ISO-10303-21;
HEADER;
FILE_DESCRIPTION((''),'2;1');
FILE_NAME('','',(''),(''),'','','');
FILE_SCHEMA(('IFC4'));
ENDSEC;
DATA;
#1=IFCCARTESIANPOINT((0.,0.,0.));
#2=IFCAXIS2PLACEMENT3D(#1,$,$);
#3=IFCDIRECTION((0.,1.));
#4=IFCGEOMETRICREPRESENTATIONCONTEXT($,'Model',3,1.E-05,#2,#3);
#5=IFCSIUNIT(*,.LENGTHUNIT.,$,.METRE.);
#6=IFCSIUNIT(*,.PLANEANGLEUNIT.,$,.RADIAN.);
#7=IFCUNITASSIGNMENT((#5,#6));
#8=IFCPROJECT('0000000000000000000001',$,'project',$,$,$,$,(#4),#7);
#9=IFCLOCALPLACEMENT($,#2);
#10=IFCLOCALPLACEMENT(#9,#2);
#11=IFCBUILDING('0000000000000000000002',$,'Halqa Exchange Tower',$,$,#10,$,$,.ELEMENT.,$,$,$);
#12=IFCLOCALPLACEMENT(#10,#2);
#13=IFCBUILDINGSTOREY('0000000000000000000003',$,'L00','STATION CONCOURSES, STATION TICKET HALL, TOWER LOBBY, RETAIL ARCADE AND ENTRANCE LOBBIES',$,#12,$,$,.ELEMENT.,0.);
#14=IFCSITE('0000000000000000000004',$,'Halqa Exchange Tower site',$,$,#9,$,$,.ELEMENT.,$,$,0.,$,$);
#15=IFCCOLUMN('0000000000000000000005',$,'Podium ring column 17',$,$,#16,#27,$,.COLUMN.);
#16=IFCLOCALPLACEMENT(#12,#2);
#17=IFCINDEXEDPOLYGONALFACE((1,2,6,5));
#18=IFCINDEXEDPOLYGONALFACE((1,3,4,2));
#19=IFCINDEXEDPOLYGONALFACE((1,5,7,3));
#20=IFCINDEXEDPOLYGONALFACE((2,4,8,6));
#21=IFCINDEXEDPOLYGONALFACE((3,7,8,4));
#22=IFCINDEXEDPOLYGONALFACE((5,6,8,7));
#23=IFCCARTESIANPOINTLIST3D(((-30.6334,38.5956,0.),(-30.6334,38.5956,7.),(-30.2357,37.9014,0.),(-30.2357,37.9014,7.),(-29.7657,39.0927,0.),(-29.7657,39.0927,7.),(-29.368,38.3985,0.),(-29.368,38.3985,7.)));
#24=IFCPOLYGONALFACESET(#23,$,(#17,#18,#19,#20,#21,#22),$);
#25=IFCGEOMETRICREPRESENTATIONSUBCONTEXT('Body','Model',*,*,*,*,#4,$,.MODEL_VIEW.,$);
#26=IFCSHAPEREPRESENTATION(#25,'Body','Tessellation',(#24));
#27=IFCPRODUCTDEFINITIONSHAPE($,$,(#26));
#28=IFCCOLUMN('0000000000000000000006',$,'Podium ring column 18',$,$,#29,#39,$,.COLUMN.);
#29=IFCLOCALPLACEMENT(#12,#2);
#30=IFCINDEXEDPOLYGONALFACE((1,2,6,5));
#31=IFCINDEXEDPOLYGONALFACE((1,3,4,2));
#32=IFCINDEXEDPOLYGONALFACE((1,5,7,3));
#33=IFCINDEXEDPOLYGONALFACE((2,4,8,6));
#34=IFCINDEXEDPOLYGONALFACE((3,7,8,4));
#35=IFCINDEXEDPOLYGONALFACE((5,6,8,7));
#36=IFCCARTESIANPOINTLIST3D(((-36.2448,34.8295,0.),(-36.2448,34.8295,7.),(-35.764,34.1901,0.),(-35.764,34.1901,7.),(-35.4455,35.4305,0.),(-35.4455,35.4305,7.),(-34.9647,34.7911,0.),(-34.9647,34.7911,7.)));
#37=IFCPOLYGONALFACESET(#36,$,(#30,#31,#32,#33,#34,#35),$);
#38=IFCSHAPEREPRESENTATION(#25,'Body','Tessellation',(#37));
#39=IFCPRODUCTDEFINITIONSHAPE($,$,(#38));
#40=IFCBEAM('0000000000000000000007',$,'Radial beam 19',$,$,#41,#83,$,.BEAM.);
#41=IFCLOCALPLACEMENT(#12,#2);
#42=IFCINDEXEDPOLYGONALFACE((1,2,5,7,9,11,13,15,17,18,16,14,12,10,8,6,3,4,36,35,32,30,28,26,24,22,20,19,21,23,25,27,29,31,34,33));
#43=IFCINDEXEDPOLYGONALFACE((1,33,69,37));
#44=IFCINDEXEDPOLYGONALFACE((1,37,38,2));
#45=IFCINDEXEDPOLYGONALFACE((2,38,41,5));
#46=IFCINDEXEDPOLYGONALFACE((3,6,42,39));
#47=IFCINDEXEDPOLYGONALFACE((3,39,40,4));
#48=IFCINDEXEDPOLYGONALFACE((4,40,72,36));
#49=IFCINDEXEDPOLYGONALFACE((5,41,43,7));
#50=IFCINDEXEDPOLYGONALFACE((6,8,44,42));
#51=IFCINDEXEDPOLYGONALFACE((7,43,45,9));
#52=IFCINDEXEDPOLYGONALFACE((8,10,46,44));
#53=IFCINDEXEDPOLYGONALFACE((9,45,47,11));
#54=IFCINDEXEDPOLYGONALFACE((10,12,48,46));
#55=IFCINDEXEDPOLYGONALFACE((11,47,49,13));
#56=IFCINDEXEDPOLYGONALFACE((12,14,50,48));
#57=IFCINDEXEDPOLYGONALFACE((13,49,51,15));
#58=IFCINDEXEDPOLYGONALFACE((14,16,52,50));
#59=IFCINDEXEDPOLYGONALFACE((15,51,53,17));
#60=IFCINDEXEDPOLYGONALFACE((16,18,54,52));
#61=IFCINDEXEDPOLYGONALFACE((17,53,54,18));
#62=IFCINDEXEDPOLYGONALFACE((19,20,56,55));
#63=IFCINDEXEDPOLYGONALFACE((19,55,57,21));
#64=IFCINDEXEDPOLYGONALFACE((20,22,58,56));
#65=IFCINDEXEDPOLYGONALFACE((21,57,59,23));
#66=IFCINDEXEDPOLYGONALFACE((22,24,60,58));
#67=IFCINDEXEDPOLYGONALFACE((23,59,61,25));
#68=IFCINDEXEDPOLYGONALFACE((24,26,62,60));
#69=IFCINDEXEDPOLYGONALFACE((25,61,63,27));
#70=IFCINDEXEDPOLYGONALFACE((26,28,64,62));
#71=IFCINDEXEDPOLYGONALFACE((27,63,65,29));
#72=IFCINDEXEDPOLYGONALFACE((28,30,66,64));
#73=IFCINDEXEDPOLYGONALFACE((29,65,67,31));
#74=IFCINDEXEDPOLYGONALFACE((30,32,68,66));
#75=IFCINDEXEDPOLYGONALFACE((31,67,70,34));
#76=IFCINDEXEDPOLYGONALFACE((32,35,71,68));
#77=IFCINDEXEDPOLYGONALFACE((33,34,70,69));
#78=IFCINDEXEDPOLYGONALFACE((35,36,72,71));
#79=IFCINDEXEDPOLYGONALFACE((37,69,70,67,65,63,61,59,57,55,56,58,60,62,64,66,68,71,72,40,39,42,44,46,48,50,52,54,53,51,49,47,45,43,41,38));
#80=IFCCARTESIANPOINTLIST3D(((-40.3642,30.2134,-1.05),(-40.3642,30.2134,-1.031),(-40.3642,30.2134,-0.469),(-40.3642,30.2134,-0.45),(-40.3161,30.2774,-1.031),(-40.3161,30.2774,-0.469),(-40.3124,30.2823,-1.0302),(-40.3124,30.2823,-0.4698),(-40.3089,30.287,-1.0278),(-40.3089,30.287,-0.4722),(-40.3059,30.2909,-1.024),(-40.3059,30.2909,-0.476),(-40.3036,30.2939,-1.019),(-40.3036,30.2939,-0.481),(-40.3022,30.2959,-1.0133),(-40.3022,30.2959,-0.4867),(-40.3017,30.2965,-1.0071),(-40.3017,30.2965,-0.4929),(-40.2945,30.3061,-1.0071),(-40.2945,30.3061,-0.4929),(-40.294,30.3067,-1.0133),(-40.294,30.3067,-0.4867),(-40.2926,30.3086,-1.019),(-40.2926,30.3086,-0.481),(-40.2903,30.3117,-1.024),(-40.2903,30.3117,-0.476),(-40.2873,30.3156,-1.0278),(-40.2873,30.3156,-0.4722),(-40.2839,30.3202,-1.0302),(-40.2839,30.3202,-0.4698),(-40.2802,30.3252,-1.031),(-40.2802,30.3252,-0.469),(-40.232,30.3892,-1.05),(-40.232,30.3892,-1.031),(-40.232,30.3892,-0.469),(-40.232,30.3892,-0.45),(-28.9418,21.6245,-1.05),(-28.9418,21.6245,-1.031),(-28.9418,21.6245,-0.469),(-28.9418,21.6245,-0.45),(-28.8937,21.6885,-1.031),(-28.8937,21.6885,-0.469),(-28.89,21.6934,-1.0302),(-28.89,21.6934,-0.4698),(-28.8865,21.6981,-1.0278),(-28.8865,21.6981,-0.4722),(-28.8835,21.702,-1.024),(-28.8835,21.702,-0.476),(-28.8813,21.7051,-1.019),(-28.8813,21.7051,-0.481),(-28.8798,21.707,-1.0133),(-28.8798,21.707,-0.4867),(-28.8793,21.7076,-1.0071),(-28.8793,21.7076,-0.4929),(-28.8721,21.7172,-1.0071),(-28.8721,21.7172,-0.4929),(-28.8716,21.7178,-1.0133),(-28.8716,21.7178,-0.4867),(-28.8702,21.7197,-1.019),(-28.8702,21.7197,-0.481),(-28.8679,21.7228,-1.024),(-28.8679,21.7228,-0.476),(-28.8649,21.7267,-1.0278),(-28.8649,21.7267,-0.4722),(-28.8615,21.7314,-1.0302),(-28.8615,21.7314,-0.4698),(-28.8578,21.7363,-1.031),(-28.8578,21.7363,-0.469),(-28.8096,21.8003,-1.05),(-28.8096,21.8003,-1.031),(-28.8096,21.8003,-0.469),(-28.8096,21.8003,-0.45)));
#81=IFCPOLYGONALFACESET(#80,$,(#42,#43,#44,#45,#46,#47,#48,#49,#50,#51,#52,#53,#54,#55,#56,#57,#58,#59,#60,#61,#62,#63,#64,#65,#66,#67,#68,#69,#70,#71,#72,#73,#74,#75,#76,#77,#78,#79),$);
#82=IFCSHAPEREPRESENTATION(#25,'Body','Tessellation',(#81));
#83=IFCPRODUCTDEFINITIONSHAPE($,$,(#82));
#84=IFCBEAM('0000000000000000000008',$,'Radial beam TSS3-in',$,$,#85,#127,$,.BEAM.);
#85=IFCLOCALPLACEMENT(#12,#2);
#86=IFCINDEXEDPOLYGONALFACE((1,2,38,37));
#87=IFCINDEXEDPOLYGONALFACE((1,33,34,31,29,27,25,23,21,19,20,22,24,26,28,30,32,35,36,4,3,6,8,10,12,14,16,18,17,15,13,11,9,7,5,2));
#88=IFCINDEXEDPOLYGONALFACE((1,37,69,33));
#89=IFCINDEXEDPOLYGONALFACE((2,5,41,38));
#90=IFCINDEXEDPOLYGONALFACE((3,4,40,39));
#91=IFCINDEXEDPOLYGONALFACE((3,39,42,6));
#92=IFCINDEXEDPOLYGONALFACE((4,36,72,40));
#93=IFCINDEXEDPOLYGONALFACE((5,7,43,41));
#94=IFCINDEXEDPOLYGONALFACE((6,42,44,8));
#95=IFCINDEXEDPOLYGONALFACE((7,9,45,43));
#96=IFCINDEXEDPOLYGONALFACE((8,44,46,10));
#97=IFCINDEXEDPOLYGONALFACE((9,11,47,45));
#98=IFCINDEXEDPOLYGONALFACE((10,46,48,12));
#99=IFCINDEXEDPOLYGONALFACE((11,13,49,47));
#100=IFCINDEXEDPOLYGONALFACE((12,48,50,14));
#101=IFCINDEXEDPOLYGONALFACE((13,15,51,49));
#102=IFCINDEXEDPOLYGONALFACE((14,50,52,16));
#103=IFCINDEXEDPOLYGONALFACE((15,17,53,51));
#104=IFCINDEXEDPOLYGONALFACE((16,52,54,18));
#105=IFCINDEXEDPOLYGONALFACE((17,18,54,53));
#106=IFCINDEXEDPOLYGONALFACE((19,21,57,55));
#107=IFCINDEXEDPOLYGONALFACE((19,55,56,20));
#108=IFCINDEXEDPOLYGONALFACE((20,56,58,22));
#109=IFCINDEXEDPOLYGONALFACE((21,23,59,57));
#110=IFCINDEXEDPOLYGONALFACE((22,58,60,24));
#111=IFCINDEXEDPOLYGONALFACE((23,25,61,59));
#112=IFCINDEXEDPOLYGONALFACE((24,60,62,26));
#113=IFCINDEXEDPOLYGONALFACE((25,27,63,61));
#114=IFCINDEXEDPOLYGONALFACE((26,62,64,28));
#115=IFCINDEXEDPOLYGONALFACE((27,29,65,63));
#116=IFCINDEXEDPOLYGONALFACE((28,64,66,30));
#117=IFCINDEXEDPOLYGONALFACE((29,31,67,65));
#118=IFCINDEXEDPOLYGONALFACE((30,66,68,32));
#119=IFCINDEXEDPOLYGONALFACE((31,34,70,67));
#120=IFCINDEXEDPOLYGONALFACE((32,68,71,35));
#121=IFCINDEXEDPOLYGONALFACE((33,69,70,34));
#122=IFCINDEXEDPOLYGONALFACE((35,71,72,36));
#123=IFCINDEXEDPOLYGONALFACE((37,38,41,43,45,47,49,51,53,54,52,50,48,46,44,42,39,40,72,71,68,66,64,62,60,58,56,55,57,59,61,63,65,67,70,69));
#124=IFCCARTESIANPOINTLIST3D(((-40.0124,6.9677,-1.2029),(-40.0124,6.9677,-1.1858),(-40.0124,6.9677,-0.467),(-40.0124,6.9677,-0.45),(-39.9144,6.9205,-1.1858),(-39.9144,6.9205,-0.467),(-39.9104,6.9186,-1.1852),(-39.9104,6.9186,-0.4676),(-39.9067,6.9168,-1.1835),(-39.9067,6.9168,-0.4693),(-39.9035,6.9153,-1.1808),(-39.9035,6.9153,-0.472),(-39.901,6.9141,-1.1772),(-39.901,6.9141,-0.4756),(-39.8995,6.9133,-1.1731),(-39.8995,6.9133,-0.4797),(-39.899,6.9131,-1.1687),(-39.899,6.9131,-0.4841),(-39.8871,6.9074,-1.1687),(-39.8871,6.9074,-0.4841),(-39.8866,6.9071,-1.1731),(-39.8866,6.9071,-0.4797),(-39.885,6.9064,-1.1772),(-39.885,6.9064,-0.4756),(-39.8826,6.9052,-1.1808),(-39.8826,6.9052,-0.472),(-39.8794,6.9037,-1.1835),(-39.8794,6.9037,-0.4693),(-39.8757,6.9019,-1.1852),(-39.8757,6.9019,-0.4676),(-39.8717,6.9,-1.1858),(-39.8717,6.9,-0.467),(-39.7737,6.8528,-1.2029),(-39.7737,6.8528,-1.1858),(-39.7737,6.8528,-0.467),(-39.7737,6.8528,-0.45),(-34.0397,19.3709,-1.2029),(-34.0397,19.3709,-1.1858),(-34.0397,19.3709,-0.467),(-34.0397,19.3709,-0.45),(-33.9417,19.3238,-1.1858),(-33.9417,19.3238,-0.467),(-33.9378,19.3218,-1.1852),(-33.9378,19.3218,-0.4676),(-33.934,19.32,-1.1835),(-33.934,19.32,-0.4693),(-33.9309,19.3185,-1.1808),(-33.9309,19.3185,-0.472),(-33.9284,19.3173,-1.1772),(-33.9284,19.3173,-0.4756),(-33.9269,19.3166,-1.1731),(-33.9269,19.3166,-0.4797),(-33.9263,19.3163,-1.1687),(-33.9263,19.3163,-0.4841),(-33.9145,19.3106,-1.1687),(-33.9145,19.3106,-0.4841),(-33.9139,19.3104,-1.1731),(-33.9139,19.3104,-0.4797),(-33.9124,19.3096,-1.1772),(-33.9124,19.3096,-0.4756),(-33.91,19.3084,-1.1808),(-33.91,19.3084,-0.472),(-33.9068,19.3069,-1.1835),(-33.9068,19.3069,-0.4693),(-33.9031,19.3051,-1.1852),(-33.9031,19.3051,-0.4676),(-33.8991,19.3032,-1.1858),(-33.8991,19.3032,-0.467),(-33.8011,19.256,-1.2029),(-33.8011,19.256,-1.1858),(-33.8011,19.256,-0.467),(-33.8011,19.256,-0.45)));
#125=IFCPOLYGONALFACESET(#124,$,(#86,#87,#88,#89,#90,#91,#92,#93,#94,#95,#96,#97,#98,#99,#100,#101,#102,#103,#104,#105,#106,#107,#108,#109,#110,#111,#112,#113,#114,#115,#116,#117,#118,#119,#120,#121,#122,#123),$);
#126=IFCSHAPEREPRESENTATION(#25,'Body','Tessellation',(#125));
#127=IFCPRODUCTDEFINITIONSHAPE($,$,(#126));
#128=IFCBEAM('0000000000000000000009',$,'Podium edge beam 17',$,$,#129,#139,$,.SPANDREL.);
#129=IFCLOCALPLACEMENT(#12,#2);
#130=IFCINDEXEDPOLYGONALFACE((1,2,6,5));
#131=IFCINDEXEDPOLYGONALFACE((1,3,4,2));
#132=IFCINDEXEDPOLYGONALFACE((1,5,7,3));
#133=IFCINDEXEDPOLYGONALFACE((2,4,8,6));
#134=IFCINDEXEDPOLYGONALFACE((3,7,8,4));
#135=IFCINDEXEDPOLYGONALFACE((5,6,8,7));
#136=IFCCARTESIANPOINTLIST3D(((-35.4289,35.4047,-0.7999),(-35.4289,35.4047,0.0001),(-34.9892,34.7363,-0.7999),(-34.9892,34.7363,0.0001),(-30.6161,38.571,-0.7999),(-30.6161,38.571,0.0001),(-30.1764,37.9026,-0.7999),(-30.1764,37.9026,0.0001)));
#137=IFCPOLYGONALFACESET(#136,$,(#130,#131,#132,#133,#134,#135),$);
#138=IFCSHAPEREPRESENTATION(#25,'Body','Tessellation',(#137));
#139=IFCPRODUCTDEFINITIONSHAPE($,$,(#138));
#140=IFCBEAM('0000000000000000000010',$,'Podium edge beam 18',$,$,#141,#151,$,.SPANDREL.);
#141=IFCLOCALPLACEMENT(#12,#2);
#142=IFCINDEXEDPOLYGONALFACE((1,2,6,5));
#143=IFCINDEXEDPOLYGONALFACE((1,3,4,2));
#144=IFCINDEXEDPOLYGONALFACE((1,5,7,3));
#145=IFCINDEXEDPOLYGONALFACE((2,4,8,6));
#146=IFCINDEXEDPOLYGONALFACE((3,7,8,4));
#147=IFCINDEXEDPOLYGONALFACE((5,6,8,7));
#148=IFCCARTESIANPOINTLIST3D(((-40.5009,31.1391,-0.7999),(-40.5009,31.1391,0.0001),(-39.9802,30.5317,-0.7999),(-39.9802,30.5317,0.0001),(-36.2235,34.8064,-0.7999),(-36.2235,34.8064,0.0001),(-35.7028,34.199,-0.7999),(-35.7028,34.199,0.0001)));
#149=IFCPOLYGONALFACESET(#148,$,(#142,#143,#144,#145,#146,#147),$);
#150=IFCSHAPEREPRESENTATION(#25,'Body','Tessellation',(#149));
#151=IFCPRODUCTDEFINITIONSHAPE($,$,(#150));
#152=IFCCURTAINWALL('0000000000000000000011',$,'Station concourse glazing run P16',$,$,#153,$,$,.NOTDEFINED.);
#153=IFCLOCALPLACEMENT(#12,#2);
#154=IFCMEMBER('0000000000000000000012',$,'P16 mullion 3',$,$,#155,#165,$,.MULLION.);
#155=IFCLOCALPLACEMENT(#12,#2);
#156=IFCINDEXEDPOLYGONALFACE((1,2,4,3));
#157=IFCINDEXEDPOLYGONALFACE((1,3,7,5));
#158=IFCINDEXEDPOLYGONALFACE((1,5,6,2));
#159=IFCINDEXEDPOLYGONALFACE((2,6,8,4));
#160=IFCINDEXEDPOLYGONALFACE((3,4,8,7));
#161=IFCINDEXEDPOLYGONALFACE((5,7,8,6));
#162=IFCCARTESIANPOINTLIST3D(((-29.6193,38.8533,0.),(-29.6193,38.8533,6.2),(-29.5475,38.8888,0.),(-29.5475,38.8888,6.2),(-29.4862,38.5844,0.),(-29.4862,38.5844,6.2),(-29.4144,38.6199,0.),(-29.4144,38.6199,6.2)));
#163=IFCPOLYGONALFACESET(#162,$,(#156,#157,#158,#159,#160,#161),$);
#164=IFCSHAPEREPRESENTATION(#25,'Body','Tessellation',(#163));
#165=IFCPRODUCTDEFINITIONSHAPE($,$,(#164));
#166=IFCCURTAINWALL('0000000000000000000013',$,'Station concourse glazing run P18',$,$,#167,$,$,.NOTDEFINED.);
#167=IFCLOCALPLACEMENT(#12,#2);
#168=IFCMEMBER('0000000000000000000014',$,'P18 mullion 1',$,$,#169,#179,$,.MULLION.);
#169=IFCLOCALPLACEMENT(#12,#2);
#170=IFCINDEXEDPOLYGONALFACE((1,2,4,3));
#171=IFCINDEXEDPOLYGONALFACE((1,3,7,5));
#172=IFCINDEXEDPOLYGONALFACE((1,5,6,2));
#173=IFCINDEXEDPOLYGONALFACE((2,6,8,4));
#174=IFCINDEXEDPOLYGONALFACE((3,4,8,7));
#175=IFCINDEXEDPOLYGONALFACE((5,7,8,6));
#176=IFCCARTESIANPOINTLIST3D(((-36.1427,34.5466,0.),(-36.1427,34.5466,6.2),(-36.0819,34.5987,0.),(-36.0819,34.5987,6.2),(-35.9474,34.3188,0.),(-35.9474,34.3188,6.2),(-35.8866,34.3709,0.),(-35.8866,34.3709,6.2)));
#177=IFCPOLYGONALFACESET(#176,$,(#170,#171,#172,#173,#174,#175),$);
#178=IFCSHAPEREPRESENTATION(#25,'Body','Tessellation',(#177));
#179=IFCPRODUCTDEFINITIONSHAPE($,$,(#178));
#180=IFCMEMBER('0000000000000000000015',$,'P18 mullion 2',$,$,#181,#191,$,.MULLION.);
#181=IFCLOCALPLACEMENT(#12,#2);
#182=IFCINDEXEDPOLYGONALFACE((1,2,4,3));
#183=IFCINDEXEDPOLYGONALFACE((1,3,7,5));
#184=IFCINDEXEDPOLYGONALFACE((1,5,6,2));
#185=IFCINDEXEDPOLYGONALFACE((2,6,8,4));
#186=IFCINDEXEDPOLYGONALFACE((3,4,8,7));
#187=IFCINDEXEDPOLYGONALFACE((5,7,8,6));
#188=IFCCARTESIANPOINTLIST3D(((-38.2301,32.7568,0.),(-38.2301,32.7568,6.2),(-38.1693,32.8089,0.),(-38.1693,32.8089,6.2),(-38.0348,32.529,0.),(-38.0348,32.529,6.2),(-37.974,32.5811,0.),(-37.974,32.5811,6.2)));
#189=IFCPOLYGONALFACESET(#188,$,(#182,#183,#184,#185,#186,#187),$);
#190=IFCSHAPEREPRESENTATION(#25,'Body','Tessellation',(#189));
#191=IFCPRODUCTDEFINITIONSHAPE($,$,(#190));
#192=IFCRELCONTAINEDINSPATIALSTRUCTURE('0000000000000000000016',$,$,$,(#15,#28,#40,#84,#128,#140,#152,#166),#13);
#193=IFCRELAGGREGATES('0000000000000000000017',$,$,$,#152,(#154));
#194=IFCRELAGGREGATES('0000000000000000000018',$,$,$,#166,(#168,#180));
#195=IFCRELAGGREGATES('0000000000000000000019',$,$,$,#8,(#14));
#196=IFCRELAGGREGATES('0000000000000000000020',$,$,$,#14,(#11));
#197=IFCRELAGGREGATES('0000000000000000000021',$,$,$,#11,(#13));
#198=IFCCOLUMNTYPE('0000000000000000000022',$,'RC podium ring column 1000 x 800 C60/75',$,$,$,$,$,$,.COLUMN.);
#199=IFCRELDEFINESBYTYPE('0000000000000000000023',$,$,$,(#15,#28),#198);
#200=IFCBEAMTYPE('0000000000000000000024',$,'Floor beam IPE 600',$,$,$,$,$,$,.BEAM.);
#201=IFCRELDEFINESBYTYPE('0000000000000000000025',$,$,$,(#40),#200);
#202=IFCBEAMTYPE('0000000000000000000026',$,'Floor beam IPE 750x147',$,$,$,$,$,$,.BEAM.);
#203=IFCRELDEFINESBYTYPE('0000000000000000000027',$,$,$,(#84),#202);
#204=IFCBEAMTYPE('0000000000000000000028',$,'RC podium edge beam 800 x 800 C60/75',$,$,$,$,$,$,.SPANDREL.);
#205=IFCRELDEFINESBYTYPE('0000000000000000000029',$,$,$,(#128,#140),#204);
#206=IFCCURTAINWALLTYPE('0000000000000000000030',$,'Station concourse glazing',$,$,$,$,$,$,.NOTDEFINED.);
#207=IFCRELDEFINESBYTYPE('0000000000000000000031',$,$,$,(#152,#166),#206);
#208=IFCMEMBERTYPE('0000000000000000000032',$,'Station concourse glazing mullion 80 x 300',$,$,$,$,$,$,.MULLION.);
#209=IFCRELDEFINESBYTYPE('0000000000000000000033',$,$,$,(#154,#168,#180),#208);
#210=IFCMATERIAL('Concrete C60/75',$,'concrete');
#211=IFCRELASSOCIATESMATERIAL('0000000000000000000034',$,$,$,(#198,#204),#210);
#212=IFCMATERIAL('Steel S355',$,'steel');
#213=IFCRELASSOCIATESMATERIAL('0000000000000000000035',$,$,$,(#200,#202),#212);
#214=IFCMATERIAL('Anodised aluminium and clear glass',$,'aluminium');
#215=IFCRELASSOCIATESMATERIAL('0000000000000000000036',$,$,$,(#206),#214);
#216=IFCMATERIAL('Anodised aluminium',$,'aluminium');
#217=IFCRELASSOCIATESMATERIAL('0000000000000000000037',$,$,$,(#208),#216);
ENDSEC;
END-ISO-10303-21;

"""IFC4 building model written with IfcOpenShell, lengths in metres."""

from ifc_helpers import new_model, si_unit, direction, frame, origin, origin_2d, place, context, subcontext, project, spatial, rectangle, i_section, extrude, material, material_profile, profile_set, type_object, element, aggregate, save


model = new_model("IFC4")

# Units and contexts
model_context = context("Model", 3, precision=1e-05, world=origin(), true_north=direction((0.0, 1.0)))
body_context = subcontext(model_context, "Body", "Model", "MODEL_VIEW")
ifc_project = project(units=[si_unit("LENGTHUNIT", "METRE"), si_unit("PLANEANGLEUNIT", "RADIAN")], contexts=[model_context])

# Site, building, storey
site_placement = place(None, origin())
site = spatial("IfcSite", under=ifc_project, at=site_placement, Name="Halqa Exchange Tower site", CompositionType="ELEMENT", RefElevation=0.0)
building_placement = place(site_placement, origin())
building = spatial("IfcBuilding", under=site, at=building_placement, Name="Halqa Exchange Tower", CompositionType="ELEMENT")
storey_placement = place(building_placement, origin())
storey = spatial("IfcBuildingStorey", under=building, at=storey_placement, Name="L00", Description="STATION CONCOURSES, STATION TICKET HALL, TOWER LOBBY, RETAIL ARCADE AND ENTRANCE LOBBIES", CompositionType="ELEMENT", Elevation=0.0)

# Columns
ifc_material_1 = material(Name="Concrete C60/75", Category="concrete")
ifc_material_profile_1 = material_profile(ifc_material_1, rectangle(XDim=1.0, YDim=0.8, at=origin_2d()), Name="1000 x 800")
ifc_profile_set_1 = profile_set([ifc_material_profile_1], Name="Concrete C60/75")
column_type = type_object("IfcColumnType", Name="RC podium ring column 1000 x 800 C60/75", PredefinedType="COLUMN", material=ifc_profile_set_1)
for number, where, z_axis, x_axis, name in (
    (1, (-30.0007, 38.4971, 0.0), (0.0, 0.0, 1.0), (-0.867693, -0.4971, 0.0), "Podium ring column 17"),
    (2, (-35.6047, 34.8103, 0.0), (0.0, 0.0, 1.0), (-0.79926, -0.600985, 0.0), "Podium ring column 18"),
):
    element("IfcColumn", number, at=place(storey_placement, frame(where, z_axis=z_axis, x_axis=x_axis)), inside=storey, type_object=column_type, Name=name, PredefinedType="COLUMN", context=body_context, shape_type="SweptSolid", body=[
        extrude(rectangle(XDim=1.0, YDim=0.8, at=origin_2d()), origin(), (0.0, 0.0, 1.0), 7.0),
    ])

# Beams
ifc_material_2 = material(Name="Steel S355", Category="steel")
ifc_material_profile_2 = material_profile(ifc_material_2, i_section(OverallWidth=0.22, OverallDepth=0.6001, WebThickness=0.012, FlangeThickness=0.019, FilletRadius=0.0239, at=origin_2d()), Name="IPE 600")
ifc_profile_set_2 = profile_set([ifc_material_profile_2], Name="Steel S355")
beam_type_1 = type_object("IfcBeamType", Name="Floor beam IPE 600", PredefinedType="BEAM", material=ifc_profile_set_2)
beam_1_placement = place(storey_placement, frame((-28.8757, 21.7124, -0.75), z_axis=(-0.799257, 0.600989, 0.0), x_axis=(-0.600989, -0.799257, 0.0)))
element("IfcBeam", 3, at=beam_1_placement, inside=storey, type_object=beam_type_1, Name="Radial beam 19", PredefinedType="BEAM", context=body_context, shape_type="SweptSolid", body=[
    extrude(i_section(OverallWidth=0.22, OverallDepth=0.6001, WebThickness=0.012, FlangeThickness=0.019, FilletRadius=0.0239, at=origin_2d()), origin(), (0.0, 0.0, 1.0), 14.2913),
])
ifc_material_profile_3 = material_profile(ifc_material_2, i_section(OverallWidth=0.2649, OverallDepth=0.7529, WebThickness=0.0132, FlangeThickness=0.0171, FilletRadius=0.0171, at=origin_2d()), Name="IPE 750x147")
ifc_profile_set_3 = profile_set([ifc_material_profile_3], Name="Steel S355")
beam_type_2 = type_object("IfcBeamType", Name="Floor beam IPE 750x147", PredefinedType="BEAM", material=ifc_profile_set_3)
beam_2_placement = place(storey_placement, frame((-33.9204, 19.3135, -0.8264), z_axis=(-0.433856, -0.900982, 0.0), x_axis=(0.900982, -0.433856, 0.0)))
element("IfcBeam", 4, at=beam_2_placement, inside=storey, type_object=beam_type_2, Name="Radial beam TSS3-in", PredefinedType="BEAM", context=body_context, shape_type="SweptSolid", body=[
    extrude(i_section(OverallWidth=0.2649, OverallDepth=0.7529, WebThickness=0.0132, FlangeThickness=0.0171, FilletRadius=0.0171, at=origin_2d()), origin(), (0.0, 0.0, 1.0), 13.7664),
])
ifc_material_profile_4 = material_profile(ifc_material_1, rectangle(XDim=0.8, YDim=0.8, at=origin_2d()), Name="800 x 800")
ifc_profile_set_4 = profile_set([ifc_material_profile_4], Name="Concrete C60/75")
beam_type_3 = type_object("IfcBeamType", Name="RC podium edge beam 800 x 800 C60/75", PredefinedType="SPANDREL", material=ifc_profile_set_4)
beam_3_placement = place(storey_placement, frame((-30.3962, 38.2368, -0.3999), z_axis=(-0.835419, -0.549614, 0.0), x_axis=(0.549614, -0.835419, 0.0)))
element("IfcBeam", 5, at=beam_3_placement, inside=storey, type_object=beam_type_3, Name="Podium edge beam 17", PredefinedType="SPANDREL", context=body_context, shape_type="SweptSolid", body=[
    extrude(rectangle(XDim=0.8, YDim=0.8, at=origin_2d()), origin(), (0.0, 0.0, 1.0), 5.761),
])
beam_4_placement = place(storey_placement, frame((-35.9631, 34.5027, -0.3999), z_axis=(-0.759174, -0.650888, 0.0), x_axis=(0.650888, -0.759174, 0.0)))
element("IfcBeam", 6, at=beam_4_placement, inside=storey, type_object=beam_type_3, Name="Podium edge beam 18", PredefinedType="SPANDREL", context=body_context, shape_type="SweptSolid", body=[
    extrude(rectangle(XDim=0.8, YDim=0.8, at=origin_2d()), origin(), (0.0, 0.0, 1.0), 5.6343),
])

# Curtain wall, member
ifc_material_3 = material(Name="Anodised aluminium and clear glass", Category="aluminium")
curtain_wall_type = type_object("IfcCurtainWallType", Name="Station concourse glazing", PredefinedType="NOTDEFINED", material=ifc_material_3)
curtain_wall_1_placement = place(storey_placement, origin())
curtain_wall_1 = element("IfcCurtainWall", 7, at=curtain_wall_1_placement, inside=storey, type_object=curtain_wall_type, Name="Station concourse glazing run P16", PredefinedType="NOTDEFINED")
ifc_material_4 = material(Name="Anodised aluminium", Category="aluminium")
ifc_material_profile_5 = material_profile(ifc_material_4, rectangle(XDim=0.3, YDim=0.0801, at=origin_2d()), Name="AL 80x300")
ifc_profile_set_5 = profile_set([ifc_material_profile_5], Name="Anodised aluminium")
member_type_1 = type_object("IfcMemberType", Name="Station concourse glazing mullion 80 x 300", PredefinedType="MULLION", material=ifc_profile_set_5)
member_1_placement = place(storey_placement, frame((-29.5168, 38.7366, 0.0), z_axis=(0.0, 0.0, 1.0), x_axis=(0.443653, -0.896198, 0.0)))
member_1 = element("IfcMember", 8, at=member_1_placement, type_object=member_type_1, Name="P16 mullion 3", PredefinedType="MULLION", context=body_context, shape_type="SweptSolid", body=[
    extrude(rectangle(XDim=0.3, YDim=0.0801, at=origin_2d()), origin(), (0.0, 0.0, 1.0), 6.2),
])

# Curtain wall, members
curtain_wall_2_placement = place(storey_placement, origin())
curtain_wall_2 = element("IfcCurtainWall", 9, at=curtain_wall_2_placement, inside=storey, type_object=curtain_wall_type, Name="Station concourse glazing run P18", PredefinedType="NOTDEFINED")
member_2_placement = place(storey_placement, frame((-36.0146, 34.4587, 0.0), z_axis=(0.0, 0.0, 1.0), x_axis=(0.650911, -0.759154, 0.0)))
member_2 = element("IfcMember", 10, at=member_2_placement, type_object=member_type_1, Name="P18 mullion 1", PredefinedType="MULLION", context=body_context, shape_type="SweptSolid", body=[
    extrude(rectangle(XDim=0.3, YDim=0.0801, at=origin_2d()), origin(), (0.0, 0.0, 1.0), 6.2),
])
member_3_placement = place(storey_placement, frame((-38.1021, 32.6689, 0.0), z_axis=(0.0, 0.0, 1.0), x_axis=(0.650911, -0.759154, 0.0)))
member_3 = element("IfcMember", 11, at=member_3_placement, type_object=member_type_1, Name="P18 mullion 2", PredefinedType="MULLION", context=body_context, shape_type="SweptSolid", body=[
    extrude(rectangle(XDim=0.3, YDim=0.0801, at=origin_2d()), origin(), (0.0, 0.0, 1.0), 6.2),
])

aggregate(curtain_wall_1, [member_1])
aggregate(curtain_wall_2, [member_2, member_3])

save(model, "model.ifc")
